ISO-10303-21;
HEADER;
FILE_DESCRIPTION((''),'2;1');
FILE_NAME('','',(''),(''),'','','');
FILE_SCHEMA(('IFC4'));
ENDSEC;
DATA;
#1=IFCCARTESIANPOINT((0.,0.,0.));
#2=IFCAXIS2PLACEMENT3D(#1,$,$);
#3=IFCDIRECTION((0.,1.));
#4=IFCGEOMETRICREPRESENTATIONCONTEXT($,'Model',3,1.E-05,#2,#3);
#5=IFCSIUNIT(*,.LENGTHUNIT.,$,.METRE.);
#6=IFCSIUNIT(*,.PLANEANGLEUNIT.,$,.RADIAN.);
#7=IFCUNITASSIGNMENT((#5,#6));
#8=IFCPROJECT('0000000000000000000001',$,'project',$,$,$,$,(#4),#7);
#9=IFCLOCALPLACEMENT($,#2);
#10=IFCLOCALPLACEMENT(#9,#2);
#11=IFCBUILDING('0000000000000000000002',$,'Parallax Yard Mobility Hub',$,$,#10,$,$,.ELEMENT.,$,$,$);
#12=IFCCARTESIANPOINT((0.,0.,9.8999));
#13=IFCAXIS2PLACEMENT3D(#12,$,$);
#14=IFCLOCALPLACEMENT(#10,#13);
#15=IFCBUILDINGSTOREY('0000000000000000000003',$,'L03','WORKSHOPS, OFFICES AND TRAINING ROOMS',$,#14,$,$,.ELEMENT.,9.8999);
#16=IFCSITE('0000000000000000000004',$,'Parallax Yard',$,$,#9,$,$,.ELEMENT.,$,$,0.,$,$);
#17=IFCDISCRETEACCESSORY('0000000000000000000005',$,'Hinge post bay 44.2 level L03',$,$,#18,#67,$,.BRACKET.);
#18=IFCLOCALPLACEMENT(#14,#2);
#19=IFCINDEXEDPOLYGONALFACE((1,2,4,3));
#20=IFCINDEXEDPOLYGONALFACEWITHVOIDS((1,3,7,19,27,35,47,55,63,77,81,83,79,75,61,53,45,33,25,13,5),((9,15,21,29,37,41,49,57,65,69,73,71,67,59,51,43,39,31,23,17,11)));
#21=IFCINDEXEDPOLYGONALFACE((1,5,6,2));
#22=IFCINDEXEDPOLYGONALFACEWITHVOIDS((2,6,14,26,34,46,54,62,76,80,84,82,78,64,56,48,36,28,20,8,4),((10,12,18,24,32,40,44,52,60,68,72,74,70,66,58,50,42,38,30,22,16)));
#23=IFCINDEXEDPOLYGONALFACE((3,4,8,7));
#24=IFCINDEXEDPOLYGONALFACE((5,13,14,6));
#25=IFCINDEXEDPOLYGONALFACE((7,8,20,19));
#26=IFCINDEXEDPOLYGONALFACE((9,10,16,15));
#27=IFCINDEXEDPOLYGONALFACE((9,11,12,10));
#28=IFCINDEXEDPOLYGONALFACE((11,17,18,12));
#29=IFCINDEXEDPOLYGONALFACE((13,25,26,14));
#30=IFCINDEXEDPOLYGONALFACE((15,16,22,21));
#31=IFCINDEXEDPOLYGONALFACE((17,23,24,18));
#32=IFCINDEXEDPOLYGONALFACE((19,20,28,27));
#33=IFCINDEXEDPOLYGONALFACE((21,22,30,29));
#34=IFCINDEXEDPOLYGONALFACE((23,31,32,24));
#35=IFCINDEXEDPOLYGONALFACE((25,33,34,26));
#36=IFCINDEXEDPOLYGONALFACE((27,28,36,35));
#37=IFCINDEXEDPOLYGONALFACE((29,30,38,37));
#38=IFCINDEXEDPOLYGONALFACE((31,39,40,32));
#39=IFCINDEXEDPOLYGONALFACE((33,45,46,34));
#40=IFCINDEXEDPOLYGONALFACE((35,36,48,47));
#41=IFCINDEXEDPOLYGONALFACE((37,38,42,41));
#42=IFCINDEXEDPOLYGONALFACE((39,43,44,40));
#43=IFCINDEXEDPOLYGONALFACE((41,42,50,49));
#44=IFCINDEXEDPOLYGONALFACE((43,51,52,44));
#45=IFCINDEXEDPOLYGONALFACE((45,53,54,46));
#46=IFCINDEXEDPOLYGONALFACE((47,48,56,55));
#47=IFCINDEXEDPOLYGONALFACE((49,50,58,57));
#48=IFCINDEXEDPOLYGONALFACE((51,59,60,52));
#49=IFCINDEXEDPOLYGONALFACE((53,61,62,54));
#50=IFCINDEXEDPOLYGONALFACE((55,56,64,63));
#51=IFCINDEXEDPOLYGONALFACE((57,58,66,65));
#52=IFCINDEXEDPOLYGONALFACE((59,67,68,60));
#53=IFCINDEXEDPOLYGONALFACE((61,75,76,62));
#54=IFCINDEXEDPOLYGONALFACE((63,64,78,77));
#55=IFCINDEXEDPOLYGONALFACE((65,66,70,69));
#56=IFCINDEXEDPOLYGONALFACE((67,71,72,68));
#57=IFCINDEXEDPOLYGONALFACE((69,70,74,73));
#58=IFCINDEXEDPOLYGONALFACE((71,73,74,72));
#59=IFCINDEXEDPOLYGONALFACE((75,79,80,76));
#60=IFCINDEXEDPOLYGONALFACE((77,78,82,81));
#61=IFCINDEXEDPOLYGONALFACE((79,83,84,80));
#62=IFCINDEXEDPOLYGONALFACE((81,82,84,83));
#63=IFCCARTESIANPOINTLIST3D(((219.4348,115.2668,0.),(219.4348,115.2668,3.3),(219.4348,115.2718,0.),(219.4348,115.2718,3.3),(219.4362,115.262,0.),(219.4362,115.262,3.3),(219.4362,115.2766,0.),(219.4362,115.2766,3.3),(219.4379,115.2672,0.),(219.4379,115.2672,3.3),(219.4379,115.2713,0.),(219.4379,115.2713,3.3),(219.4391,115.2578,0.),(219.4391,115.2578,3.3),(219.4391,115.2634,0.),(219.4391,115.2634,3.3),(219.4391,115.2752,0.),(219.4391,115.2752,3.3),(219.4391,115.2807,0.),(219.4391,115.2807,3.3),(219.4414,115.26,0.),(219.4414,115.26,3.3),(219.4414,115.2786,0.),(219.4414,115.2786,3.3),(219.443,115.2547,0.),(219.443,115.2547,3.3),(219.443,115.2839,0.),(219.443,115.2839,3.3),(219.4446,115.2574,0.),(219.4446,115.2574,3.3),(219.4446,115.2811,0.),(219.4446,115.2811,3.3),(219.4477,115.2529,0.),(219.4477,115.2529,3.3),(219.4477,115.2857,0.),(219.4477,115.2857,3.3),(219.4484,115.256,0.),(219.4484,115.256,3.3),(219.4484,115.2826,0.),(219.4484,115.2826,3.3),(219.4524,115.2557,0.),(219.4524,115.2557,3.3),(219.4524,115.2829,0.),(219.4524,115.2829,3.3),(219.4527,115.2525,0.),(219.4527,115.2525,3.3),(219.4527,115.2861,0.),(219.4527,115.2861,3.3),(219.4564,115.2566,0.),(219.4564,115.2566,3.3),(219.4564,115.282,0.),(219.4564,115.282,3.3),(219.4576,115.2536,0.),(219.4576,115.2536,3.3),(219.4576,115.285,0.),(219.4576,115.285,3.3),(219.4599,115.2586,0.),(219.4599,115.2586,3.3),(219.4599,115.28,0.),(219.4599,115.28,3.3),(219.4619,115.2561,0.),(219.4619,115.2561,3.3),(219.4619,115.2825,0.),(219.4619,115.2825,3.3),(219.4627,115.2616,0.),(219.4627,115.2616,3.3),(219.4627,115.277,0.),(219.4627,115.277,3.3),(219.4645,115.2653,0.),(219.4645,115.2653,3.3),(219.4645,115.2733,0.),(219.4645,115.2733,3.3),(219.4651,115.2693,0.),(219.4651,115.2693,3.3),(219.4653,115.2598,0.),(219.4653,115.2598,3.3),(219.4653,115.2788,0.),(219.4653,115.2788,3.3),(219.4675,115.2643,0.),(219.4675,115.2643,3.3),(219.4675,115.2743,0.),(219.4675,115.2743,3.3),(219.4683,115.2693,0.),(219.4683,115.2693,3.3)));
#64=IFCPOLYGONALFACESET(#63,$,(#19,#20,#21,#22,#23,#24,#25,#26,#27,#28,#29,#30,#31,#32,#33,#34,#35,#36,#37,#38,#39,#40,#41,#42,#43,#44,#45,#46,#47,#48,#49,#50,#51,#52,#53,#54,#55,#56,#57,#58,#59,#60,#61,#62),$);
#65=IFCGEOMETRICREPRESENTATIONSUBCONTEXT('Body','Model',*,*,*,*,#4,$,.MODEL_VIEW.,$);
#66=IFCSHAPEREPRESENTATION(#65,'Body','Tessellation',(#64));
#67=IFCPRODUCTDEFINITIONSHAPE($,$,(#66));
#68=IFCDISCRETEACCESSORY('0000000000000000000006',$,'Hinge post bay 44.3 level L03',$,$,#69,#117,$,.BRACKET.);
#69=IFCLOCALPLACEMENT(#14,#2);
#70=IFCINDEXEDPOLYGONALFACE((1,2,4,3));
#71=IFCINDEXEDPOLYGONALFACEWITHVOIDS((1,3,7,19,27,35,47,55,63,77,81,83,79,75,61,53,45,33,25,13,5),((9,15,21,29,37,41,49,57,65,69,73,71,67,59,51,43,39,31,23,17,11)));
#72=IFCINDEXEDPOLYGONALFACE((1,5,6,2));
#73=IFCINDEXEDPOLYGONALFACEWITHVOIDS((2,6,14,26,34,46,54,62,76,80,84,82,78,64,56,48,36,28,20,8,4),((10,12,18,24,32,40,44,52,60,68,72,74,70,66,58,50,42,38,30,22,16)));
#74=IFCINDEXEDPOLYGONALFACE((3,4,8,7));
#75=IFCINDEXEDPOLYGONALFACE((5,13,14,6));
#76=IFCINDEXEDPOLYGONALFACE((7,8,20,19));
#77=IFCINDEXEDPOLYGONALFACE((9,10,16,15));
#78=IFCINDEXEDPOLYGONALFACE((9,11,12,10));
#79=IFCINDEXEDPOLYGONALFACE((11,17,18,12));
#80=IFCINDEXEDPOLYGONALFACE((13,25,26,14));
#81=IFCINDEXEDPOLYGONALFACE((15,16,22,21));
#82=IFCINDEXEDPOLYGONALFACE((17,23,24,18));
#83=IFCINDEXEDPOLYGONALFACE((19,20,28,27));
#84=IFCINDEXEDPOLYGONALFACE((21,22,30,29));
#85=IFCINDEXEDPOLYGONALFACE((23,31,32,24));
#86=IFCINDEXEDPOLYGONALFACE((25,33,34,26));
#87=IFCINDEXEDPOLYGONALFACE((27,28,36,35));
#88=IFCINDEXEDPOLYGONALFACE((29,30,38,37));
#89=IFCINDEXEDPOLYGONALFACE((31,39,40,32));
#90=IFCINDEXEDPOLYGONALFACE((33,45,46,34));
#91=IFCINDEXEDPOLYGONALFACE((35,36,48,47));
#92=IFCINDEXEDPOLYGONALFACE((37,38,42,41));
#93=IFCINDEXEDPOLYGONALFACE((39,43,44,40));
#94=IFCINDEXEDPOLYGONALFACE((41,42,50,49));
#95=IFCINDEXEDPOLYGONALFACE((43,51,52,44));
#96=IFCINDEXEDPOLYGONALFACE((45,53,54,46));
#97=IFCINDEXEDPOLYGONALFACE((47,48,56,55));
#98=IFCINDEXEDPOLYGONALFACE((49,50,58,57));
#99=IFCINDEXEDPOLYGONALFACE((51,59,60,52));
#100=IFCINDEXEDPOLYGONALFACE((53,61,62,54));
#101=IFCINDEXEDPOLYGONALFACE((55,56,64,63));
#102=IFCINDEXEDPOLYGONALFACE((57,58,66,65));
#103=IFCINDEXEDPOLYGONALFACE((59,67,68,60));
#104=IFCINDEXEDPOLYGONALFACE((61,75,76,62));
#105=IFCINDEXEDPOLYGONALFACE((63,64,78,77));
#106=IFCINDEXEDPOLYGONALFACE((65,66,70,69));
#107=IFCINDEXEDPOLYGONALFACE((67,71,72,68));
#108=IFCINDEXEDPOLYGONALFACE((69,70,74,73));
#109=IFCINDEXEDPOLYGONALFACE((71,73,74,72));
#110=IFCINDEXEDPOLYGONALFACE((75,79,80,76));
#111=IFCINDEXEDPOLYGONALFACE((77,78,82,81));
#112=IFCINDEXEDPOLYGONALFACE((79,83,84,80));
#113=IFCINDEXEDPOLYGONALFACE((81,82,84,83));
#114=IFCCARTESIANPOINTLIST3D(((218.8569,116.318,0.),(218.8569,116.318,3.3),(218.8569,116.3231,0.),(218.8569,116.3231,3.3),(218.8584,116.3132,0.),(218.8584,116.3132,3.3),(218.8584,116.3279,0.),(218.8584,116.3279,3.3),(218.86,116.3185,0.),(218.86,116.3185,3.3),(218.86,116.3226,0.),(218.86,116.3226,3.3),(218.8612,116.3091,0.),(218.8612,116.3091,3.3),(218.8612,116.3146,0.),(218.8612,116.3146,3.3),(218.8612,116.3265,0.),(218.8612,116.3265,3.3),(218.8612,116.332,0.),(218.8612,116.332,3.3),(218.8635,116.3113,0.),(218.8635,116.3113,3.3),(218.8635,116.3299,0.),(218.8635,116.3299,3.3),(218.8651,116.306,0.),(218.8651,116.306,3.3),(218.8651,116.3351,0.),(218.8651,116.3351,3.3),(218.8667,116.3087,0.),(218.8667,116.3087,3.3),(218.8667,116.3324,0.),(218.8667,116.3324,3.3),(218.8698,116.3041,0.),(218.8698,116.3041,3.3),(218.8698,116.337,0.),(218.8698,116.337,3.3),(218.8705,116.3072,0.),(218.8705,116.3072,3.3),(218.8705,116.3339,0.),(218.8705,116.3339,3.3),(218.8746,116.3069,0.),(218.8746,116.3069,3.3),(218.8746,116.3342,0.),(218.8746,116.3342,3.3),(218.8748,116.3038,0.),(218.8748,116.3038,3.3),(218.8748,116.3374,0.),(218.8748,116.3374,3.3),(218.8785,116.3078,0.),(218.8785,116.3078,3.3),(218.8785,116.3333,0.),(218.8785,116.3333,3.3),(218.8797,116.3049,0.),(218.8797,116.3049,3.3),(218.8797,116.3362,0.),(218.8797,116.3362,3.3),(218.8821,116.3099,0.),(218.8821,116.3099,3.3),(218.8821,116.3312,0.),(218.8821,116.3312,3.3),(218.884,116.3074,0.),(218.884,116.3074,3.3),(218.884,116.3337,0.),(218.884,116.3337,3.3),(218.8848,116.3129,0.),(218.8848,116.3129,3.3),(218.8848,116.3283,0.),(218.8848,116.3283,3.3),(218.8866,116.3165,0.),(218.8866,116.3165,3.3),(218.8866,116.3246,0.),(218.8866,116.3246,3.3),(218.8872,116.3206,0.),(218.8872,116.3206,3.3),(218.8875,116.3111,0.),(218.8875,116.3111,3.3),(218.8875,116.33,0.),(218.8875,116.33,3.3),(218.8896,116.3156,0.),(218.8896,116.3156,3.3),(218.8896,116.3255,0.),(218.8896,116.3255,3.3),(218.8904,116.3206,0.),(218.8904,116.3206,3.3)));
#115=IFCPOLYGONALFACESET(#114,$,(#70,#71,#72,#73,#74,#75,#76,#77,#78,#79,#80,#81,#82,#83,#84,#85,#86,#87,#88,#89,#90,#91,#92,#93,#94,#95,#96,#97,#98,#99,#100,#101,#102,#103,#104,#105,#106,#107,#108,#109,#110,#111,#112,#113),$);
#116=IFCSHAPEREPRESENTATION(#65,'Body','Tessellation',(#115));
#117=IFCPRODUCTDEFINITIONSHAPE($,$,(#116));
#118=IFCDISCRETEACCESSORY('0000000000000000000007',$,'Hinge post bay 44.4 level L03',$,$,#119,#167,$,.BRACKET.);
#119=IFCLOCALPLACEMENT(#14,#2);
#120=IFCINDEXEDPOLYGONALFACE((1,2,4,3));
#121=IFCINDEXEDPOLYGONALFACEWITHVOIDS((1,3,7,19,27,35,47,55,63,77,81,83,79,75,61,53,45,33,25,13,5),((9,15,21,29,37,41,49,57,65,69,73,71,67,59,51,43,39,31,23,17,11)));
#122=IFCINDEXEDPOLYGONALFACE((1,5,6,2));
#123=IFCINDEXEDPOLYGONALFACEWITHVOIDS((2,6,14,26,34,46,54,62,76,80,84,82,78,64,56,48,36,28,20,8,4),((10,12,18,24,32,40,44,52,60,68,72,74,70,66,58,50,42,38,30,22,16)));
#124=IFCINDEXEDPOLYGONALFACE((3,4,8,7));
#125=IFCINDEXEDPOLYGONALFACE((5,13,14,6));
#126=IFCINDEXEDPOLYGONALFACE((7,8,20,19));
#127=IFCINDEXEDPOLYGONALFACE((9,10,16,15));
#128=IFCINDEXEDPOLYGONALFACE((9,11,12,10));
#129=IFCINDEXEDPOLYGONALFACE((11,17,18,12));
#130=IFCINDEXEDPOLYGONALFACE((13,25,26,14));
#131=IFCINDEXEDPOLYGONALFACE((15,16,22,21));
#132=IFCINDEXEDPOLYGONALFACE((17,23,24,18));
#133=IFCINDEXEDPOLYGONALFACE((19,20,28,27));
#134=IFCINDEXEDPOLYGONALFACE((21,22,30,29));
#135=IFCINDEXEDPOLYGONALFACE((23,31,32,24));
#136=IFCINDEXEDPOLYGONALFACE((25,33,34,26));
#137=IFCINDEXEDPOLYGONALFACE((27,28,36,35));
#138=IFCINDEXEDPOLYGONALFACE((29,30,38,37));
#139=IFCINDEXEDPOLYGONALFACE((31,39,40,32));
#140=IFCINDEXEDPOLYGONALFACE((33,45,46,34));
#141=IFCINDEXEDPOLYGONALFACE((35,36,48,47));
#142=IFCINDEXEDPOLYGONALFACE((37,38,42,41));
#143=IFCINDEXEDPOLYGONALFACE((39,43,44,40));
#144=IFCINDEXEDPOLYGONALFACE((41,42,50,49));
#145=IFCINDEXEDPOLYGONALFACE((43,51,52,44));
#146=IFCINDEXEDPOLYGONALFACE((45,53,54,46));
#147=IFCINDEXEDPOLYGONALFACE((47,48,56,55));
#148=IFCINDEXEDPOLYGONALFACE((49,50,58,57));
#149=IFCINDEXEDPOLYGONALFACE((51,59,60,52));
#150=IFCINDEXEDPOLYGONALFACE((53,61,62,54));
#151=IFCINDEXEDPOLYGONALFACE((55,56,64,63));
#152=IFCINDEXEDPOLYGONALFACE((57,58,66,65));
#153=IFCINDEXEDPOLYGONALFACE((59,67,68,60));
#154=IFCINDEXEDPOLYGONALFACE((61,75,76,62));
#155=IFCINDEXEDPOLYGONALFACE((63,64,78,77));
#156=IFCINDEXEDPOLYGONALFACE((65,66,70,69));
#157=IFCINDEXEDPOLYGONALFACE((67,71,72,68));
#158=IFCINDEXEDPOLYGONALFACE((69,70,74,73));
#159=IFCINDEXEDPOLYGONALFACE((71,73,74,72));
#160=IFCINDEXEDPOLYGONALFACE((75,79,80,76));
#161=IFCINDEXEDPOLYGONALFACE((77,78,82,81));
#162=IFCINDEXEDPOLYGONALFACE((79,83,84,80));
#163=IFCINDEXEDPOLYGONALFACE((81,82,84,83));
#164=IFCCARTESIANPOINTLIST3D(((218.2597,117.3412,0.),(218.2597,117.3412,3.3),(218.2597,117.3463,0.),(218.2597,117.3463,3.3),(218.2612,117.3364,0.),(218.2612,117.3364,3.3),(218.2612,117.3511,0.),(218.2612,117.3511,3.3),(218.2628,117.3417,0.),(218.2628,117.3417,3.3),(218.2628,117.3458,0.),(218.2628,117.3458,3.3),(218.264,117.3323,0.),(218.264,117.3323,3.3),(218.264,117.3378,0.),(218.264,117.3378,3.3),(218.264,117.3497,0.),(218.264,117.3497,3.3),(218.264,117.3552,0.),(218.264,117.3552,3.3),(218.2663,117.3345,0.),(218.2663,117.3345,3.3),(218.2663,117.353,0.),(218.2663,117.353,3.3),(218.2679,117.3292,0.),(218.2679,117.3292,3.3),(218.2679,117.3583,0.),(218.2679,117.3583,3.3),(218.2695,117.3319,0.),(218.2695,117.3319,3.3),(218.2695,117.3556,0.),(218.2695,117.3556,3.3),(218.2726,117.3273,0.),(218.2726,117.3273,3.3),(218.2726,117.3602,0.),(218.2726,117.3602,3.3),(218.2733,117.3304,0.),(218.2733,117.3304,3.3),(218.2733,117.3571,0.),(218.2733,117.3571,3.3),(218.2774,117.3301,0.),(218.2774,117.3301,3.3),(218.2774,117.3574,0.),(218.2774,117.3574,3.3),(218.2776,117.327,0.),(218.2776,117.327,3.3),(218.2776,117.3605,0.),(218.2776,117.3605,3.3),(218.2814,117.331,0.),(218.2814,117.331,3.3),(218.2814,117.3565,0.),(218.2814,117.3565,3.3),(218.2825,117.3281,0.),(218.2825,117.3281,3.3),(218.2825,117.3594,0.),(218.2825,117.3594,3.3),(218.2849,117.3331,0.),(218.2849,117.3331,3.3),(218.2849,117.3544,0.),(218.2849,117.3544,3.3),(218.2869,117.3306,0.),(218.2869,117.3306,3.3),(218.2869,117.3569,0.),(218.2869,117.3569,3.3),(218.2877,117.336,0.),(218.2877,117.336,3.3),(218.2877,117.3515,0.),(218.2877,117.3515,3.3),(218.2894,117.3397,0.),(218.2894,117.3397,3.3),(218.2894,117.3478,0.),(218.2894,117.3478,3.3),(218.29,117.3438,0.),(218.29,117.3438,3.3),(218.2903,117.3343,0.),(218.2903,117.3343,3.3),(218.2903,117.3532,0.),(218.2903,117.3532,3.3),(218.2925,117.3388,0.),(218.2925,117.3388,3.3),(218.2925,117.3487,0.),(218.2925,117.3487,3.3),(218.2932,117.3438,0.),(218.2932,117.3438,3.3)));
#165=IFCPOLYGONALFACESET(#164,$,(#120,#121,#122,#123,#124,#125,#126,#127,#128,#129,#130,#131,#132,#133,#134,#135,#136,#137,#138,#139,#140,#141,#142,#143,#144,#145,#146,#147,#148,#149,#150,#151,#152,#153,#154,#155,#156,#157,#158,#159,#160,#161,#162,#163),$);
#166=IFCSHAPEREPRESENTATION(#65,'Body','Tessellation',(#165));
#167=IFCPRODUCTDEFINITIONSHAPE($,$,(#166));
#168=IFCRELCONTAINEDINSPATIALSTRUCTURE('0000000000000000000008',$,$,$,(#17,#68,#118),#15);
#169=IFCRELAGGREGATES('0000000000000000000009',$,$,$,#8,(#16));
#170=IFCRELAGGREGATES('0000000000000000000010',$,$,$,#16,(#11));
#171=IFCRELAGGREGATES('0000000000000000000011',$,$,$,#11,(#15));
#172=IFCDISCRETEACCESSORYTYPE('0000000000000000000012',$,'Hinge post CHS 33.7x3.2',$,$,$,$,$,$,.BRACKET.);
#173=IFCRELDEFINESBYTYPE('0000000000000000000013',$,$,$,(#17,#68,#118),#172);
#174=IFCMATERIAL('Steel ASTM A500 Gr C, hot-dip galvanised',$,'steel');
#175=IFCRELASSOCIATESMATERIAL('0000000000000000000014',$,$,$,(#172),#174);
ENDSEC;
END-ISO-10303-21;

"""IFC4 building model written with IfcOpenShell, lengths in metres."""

from ifc_helpers import new_model, si_unit, direction, frame, origin, origin_2d, place, context, subcontext, project, spatial, hollow_circle, extrude, material, material_profile, profile_set, type_object, element, save


model = new_model("IFC4")

# Units and contexts
model_context = context("Model", 3, precision=1e-05, world=origin(), true_north=direction((0.0, 1.0)))
body_context = subcontext(model_context, "Body", "Model", "MODEL_VIEW")
ifc_project = project(units=[si_unit("LENGTHUNIT", "METRE"), si_unit("PLANEANGLEUNIT", "RADIAN")], contexts=[model_context])

# Site, building, storey
site_placement = place(None, origin())
site = spatial("IfcSite", under=ifc_project, at=site_placement, Name="Parallax Yard", CompositionType="ELEMENT", RefElevation=0.0)
building_placement = place(site_placement, origin())
building = spatial("IfcBuilding", under=site, at=building_placement, Name="Parallax Yard Mobility Hub", CompositionType="ELEMENT")
storey_placement = place(building_placement, frame((0.0, 0.0, 9.8999)))
storey = spatial("IfcBuildingStorey", under=building, at=storey_placement, Name="L03", Description="WORKSHOPS, OFFICES AND TRAINING ROOMS", CompositionType="ELEMENT", Elevation=9.8999)

# Discrete accessories
ifc_material_1 = material(Name="Steel ASTM A500 Gr C, hot-dip galvanised", Category="steel")
ifc_material_profile_1 = material_profile(ifc_material_1, hollow_circle(Radius=0.0168, WallThickness=0.0032, at=origin_2d()), Name="CHS 33.7x3.2")
ifc_profile_set_1 = profile_set([ifc_material_profile_1], Name="Steel ASTM A500 Gr C, hot-dip galvanised")
discrete_accessory_type_1 = type_object("IfcDiscreteAccessoryType", Name="Hinge post CHS 33.7x3.2", PredefinedType="BRACKET", material=ifc_profile_set_1)
for number, where, z_axis, x_axis, name in (
    (1, (219.4514, 115.2693, 0.0), (0.0, 0.0, 1.0), (1.0, 0.0, 0.0), "Hinge post bay 44.2 level L03"),
    (2, (218.8735, 116.3206, 0.0), (0.0, 0.0, 1.0), (1.0, 0.0, 0.0), "Hinge post bay 44.3 level L03"),
    (3, (218.2764, 117.3438, 0.0), (0.0, 0.0, 1.0), (1.0, 0.0, 0.0), "Hinge post bay 44.4 level L03"),
):
    element("IfcDiscreteAccessory", number, at=place(storey_placement, frame(where, z_axis=z_axis, x_axis=x_axis)), inside=storey, type_object=discrete_accessory_type_1, Name=name, PredefinedType="BRACKET", context=body_context, shape_type="SweptSolid", body=[
        extrude(hollow_circle(Radius=0.0168, WallThickness=0.0032, at=origin_2d()), origin(), (0.0, 0.0, 1.0), 3.3),
    ])

save(model, "model.ifc")
